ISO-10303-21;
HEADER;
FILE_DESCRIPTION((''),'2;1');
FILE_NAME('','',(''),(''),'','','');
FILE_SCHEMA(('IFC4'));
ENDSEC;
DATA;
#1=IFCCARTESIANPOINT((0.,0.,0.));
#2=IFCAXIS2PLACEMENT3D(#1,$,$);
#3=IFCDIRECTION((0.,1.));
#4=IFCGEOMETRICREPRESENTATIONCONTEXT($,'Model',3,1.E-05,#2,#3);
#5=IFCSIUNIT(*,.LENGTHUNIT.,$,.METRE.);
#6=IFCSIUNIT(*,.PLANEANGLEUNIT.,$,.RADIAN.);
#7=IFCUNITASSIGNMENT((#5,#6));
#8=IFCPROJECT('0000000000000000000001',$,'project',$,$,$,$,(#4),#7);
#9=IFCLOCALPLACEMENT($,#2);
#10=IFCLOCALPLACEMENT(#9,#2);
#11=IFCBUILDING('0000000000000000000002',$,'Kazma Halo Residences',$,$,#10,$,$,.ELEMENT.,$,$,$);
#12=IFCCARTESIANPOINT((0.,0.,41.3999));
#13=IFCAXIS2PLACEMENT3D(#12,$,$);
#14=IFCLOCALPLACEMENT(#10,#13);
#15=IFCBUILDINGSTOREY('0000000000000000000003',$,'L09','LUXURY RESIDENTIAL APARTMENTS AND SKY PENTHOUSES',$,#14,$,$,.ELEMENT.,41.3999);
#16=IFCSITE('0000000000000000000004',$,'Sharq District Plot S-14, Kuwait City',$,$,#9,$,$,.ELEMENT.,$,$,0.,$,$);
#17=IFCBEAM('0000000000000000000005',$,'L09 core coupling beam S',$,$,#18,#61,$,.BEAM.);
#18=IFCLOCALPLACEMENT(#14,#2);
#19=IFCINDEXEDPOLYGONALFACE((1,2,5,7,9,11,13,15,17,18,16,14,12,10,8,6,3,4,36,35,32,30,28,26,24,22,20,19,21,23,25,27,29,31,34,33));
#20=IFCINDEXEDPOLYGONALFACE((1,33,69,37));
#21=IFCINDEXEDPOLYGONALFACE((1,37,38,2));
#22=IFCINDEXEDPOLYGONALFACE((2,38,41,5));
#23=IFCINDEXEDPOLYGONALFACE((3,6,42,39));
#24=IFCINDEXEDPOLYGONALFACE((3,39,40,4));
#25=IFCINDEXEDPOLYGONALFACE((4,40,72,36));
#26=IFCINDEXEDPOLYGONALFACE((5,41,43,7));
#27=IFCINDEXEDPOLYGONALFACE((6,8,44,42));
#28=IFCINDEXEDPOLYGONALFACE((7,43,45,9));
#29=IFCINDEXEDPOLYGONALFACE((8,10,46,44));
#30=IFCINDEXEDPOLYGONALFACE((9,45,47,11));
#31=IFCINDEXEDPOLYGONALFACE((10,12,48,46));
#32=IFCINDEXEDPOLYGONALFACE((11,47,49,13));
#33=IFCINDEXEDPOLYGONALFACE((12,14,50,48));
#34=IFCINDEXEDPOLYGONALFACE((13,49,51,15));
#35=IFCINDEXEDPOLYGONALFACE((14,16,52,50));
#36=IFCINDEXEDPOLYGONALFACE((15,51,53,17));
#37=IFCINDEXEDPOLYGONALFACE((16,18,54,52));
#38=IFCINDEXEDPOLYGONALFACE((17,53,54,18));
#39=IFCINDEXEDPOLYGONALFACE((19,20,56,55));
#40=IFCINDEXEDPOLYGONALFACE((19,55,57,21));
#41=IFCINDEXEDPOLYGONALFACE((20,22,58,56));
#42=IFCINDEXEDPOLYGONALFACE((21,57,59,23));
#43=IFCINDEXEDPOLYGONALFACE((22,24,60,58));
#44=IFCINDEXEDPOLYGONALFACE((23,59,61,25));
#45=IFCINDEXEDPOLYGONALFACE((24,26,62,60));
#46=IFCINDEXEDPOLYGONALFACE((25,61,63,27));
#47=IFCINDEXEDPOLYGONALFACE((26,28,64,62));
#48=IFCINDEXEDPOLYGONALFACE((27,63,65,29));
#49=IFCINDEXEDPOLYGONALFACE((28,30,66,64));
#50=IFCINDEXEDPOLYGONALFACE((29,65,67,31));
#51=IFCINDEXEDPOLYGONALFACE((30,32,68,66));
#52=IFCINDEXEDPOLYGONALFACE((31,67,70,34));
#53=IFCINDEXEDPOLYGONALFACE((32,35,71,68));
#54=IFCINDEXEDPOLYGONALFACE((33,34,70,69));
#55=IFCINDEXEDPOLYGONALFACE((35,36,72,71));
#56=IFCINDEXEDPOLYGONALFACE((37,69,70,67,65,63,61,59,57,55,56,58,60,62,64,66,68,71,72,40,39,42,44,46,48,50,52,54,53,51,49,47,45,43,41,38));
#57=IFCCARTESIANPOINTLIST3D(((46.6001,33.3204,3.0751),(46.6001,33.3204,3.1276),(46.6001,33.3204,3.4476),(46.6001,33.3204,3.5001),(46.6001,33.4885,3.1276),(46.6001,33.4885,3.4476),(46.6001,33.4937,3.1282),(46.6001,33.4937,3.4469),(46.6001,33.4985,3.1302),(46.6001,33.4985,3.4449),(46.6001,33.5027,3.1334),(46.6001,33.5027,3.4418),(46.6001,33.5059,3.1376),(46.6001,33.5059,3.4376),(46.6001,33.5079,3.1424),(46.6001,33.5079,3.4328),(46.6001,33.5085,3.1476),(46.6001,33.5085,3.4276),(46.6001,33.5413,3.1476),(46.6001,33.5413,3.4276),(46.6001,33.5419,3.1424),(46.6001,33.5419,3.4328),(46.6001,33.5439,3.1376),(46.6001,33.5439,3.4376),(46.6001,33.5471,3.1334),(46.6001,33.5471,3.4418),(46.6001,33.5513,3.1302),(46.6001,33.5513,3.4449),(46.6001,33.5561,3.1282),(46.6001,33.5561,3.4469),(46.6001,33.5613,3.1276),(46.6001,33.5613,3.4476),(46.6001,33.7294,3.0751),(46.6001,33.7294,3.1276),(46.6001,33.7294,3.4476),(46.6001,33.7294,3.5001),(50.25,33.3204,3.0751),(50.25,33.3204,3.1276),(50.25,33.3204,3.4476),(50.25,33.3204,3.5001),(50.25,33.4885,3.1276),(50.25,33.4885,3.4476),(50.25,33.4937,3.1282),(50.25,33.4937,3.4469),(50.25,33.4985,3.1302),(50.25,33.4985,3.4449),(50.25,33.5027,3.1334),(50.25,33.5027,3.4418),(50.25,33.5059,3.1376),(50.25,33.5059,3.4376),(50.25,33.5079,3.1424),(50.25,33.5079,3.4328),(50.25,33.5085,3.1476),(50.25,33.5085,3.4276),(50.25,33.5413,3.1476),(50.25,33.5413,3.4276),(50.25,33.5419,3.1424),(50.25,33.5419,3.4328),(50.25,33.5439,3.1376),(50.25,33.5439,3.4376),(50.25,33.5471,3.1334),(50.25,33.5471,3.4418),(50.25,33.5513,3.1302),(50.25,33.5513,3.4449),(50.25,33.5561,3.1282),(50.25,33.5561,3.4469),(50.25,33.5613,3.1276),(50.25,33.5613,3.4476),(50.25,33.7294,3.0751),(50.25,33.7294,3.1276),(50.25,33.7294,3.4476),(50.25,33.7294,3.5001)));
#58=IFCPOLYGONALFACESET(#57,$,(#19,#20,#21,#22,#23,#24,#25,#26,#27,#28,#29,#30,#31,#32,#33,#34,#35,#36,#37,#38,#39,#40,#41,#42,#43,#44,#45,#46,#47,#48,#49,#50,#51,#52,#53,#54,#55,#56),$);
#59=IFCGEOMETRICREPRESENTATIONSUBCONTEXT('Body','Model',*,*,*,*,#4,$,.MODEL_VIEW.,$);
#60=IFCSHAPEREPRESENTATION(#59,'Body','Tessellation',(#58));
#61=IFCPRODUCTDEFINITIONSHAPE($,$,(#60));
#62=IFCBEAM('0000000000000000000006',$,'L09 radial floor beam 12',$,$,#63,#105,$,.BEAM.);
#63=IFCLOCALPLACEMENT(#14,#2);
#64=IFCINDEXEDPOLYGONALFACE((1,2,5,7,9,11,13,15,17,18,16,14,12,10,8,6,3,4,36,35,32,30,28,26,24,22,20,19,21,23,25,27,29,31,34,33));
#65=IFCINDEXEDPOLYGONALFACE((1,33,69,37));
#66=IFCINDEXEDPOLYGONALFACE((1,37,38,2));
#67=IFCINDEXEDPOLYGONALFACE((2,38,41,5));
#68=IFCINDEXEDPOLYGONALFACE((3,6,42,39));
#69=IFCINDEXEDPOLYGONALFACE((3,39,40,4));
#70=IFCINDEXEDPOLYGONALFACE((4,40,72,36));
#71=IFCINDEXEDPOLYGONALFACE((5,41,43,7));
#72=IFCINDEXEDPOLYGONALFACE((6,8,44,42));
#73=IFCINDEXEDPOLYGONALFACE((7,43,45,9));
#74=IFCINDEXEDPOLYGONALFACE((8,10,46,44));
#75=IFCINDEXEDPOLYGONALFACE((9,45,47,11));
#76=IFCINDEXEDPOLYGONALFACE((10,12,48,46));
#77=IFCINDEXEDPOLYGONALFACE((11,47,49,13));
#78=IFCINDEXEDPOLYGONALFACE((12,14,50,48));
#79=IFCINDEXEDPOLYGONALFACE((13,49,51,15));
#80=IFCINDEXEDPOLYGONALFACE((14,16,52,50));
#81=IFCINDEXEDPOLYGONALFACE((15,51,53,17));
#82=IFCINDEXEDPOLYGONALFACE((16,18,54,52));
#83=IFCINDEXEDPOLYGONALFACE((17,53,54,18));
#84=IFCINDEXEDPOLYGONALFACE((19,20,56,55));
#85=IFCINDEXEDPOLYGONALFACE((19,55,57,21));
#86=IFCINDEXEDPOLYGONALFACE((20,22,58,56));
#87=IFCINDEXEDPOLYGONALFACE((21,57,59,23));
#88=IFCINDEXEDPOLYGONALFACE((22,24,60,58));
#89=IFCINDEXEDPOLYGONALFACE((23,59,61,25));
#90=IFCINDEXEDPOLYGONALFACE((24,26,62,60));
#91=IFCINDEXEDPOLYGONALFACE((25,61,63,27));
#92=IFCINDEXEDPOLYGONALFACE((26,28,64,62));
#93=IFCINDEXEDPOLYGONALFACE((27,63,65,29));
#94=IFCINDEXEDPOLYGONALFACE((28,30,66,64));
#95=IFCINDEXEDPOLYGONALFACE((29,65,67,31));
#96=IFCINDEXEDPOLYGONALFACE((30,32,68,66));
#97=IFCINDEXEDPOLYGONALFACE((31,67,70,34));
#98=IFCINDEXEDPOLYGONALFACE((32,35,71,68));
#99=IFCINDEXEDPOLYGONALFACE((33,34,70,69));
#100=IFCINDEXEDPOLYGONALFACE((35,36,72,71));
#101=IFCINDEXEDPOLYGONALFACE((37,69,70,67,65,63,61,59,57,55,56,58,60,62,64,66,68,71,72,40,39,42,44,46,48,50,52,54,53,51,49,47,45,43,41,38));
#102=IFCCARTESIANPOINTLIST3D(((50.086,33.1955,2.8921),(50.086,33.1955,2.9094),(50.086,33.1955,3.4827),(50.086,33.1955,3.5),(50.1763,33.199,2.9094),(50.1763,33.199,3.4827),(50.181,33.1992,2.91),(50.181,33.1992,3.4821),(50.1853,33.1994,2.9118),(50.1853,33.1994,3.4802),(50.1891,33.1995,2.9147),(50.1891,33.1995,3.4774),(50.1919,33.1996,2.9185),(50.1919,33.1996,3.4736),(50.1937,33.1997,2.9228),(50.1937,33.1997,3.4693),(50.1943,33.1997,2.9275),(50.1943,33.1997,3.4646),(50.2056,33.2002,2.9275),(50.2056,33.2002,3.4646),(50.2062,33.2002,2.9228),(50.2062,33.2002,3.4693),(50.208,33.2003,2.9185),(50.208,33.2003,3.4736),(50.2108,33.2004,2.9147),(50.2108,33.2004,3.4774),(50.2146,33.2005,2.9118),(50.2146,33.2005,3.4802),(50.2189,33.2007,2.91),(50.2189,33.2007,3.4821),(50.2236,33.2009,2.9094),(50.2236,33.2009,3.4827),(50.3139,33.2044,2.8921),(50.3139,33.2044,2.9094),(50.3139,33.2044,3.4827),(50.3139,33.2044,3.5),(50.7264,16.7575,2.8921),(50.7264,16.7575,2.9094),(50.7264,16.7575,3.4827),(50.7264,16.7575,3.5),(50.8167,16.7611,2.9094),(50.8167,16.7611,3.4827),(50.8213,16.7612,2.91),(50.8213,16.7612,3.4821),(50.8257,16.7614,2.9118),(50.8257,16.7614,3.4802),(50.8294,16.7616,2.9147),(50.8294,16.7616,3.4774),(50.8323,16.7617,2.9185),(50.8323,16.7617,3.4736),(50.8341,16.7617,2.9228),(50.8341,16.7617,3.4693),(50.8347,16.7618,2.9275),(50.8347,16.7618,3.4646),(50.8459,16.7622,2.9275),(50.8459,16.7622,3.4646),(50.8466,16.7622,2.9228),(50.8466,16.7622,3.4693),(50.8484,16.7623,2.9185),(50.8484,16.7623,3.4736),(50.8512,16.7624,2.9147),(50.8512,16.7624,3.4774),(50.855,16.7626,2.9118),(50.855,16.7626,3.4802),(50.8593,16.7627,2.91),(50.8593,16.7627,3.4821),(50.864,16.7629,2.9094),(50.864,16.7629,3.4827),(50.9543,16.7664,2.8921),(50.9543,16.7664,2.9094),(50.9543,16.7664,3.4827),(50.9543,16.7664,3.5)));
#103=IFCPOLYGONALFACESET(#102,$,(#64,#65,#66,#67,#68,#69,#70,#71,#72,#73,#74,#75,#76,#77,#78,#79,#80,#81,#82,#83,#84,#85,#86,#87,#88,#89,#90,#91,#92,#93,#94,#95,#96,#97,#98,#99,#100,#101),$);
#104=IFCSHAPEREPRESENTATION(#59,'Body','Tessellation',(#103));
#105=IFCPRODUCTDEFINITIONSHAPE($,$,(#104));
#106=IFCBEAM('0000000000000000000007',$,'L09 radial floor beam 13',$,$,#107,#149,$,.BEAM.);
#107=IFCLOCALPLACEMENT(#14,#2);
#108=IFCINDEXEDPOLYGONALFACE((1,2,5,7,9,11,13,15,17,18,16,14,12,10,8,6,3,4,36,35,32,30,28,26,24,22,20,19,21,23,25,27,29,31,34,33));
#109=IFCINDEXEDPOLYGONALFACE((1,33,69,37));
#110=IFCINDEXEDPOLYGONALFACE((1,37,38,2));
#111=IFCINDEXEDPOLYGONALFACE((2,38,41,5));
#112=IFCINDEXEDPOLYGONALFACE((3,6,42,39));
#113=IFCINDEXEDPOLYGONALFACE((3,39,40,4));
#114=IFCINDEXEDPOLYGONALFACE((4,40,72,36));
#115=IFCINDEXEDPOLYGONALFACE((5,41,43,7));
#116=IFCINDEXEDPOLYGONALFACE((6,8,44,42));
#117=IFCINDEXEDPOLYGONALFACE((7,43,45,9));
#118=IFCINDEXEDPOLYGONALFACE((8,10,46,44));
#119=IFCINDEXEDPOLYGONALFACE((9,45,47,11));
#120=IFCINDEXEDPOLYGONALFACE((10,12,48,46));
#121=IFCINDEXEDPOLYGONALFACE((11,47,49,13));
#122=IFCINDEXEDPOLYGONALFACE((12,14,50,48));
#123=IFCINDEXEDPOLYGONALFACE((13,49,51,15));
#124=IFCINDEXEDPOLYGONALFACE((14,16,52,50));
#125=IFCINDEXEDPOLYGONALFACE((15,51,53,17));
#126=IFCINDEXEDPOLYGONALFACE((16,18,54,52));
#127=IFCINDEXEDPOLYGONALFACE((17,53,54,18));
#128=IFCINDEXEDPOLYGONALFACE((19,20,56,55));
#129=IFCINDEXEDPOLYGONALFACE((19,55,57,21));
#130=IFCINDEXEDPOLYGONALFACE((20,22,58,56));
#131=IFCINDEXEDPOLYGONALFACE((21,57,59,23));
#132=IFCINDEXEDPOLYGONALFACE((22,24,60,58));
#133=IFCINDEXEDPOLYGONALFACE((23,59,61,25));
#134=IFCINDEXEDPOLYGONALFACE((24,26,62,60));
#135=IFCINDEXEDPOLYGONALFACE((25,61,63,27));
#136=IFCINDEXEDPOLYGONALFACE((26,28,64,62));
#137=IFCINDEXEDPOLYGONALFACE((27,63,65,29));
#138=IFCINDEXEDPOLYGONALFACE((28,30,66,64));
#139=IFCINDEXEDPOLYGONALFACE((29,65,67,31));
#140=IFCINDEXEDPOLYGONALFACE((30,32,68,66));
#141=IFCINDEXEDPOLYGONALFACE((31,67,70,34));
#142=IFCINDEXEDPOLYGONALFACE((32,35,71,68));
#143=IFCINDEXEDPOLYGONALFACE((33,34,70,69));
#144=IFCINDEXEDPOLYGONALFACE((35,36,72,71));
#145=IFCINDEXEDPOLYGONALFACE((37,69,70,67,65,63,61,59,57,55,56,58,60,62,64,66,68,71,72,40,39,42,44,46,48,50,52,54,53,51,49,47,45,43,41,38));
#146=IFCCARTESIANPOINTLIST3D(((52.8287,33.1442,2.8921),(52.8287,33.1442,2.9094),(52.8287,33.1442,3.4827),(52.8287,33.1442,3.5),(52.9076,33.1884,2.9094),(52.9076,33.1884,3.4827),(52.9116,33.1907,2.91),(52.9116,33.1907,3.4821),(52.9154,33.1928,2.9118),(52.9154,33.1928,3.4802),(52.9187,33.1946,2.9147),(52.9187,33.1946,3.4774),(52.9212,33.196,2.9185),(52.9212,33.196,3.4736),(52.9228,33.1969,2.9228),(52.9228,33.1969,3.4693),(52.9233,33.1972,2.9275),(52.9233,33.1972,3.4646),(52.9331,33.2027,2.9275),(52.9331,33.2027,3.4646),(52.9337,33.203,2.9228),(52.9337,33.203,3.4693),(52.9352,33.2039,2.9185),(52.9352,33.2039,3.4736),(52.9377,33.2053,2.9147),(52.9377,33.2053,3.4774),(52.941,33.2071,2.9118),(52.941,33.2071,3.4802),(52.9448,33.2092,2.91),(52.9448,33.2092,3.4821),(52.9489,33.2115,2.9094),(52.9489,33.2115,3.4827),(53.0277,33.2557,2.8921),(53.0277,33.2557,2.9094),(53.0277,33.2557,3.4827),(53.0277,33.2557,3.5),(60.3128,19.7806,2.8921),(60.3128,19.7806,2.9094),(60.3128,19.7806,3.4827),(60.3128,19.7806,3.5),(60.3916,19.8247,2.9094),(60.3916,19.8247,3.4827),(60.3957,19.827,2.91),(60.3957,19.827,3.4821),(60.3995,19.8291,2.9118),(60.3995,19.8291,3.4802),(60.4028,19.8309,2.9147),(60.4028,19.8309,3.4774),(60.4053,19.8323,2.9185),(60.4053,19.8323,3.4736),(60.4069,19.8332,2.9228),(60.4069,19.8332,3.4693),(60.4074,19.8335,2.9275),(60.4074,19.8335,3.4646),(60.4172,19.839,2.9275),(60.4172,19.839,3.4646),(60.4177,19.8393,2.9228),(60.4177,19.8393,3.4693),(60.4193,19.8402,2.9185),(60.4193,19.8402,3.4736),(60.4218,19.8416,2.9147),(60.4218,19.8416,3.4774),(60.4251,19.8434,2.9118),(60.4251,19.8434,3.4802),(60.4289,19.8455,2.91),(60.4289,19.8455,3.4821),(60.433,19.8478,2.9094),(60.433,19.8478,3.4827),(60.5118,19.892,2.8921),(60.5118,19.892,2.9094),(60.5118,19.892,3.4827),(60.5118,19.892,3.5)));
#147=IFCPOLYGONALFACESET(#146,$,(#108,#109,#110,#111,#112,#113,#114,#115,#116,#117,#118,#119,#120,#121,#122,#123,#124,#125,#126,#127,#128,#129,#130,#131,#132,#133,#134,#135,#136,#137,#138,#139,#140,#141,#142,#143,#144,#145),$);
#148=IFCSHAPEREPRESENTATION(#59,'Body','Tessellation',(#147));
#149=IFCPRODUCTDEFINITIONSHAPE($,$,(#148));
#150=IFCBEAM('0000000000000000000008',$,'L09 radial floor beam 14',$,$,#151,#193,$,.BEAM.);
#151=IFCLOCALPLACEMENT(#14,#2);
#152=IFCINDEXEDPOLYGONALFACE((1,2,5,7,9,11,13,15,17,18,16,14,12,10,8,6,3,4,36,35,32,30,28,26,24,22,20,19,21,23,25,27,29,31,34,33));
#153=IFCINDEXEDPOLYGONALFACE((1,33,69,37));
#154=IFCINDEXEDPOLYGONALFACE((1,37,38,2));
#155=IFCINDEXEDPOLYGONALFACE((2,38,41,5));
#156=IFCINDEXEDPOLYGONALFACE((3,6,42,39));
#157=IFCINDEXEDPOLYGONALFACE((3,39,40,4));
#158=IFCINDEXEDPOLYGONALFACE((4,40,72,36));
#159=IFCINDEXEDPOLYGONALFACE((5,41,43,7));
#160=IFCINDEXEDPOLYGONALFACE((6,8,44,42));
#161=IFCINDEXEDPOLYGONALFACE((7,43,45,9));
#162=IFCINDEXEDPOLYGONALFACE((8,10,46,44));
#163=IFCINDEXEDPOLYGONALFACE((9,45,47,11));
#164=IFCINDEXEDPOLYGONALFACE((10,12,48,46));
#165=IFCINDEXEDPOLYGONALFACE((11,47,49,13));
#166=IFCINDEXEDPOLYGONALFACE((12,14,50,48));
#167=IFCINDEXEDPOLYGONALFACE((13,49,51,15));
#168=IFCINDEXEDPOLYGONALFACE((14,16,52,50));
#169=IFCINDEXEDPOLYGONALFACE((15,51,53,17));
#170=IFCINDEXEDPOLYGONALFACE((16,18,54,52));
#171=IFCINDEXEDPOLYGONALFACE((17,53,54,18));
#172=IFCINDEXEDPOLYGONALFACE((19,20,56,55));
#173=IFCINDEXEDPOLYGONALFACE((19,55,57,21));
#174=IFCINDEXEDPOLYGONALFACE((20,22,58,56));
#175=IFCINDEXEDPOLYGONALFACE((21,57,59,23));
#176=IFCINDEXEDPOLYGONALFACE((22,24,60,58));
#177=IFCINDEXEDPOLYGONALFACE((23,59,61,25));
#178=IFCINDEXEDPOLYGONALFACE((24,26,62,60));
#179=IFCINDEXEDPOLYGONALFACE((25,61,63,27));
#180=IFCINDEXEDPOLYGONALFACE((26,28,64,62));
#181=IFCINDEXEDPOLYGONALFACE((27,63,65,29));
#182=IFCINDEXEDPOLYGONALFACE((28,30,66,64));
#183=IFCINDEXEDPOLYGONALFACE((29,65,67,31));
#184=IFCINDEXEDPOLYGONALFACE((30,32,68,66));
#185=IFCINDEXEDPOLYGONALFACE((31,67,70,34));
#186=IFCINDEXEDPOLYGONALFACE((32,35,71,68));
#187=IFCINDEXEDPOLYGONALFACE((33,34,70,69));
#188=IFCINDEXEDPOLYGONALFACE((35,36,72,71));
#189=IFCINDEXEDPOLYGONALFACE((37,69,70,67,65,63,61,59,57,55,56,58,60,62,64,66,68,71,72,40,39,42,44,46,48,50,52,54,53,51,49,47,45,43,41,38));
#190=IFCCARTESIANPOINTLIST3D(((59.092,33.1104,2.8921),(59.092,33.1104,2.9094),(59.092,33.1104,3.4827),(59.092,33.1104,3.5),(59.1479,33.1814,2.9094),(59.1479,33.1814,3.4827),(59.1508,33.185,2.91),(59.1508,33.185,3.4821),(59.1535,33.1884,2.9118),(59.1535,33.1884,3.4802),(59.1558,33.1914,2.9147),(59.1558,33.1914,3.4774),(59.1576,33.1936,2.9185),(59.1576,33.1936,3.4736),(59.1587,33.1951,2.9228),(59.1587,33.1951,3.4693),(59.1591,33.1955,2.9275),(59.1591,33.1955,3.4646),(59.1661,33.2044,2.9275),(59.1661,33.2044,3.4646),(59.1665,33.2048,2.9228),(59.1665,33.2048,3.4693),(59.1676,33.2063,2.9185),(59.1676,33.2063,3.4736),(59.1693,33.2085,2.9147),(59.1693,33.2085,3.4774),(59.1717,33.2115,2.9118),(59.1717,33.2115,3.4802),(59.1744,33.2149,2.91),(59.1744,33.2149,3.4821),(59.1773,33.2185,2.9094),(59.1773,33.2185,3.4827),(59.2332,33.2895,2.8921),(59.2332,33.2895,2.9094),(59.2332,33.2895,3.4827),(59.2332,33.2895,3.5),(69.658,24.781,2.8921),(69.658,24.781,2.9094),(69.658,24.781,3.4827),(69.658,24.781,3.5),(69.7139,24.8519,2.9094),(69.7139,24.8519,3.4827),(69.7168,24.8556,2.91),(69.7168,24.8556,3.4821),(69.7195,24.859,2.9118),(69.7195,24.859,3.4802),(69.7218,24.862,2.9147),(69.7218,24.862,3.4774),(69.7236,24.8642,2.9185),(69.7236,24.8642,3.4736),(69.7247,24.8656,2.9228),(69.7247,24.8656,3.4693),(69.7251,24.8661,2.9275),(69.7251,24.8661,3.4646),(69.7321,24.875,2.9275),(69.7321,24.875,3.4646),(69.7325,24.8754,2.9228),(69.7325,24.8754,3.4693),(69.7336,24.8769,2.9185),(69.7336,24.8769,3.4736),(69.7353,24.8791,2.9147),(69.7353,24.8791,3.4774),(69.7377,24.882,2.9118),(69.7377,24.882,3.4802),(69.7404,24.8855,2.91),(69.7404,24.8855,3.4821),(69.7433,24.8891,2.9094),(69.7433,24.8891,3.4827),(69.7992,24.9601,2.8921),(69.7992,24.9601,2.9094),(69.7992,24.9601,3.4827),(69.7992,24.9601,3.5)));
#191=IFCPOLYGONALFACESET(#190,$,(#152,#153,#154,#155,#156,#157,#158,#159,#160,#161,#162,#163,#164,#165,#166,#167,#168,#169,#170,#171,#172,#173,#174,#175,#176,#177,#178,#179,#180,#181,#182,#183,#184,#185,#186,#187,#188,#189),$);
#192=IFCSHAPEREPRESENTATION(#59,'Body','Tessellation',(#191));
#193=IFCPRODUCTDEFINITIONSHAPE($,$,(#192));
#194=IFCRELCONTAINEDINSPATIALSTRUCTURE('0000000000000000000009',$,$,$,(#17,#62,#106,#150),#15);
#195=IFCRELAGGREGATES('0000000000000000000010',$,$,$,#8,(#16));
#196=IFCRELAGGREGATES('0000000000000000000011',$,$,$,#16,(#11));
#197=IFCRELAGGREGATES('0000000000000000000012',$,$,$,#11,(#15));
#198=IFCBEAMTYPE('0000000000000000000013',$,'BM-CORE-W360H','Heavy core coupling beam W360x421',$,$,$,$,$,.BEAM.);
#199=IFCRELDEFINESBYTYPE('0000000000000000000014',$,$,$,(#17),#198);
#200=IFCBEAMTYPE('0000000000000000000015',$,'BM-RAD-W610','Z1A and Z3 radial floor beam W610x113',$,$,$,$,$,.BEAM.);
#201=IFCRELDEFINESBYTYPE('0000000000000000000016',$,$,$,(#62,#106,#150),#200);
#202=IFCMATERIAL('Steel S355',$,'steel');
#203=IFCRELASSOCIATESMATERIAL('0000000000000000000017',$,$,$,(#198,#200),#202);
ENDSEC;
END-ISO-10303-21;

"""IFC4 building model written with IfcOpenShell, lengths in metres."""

from ifc_helpers import new_model, si_unit, direction, frame, origin, origin_2d, place, context, subcontext, project, spatial, i_section, extrude, material, material_profile, profile_set, type_object, element, save


model = new_model("IFC4")

# Units and contexts
model_context = context("Model", 3, precision=1e-05, world=origin(), true_north=direction((0.0, 1.0)))
body_context = subcontext(model_context, "Body", "Model", "MODEL_VIEW")
ifc_project = project(units=[si_unit("LENGTHUNIT", "METRE"), si_unit("PLANEANGLEUNIT", "RADIAN")], contexts=[model_context])

# Site, building, storey
site_placement = place(None, origin())
site = spatial("IfcSite", under=ifc_project, at=site_placement, Name="Sharq District Plot S-14, Kuwait City", CompositionType="ELEMENT", RefElevation=0.0)
building_placement = place(site_placement, origin())
building = spatial("IfcBuilding", under=site, at=building_placement, Name="Kazma Halo Residences", CompositionType="ELEMENT")
storey_placement = place(building_placement, frame((0.0, 0.0, 41.3999)))
storey = spatial("IfcBuildingStorey", under=building, at=storey_placement, Name="L09", Description="LUXURY RESIDENTIAL APARTMENTS AND SKY PENTHOUSES", CompositionType="ELEMENT", Elevation=41.3999)

# Beams
ifc_material_1 = material(Name="Steel S355", Category="steel")
ifc_material_profile_1 = material_profile(ifc_material_1, i_section(OverallWidth=0.4089, OverallDepth=0.425, WebThickness=0.0327, FlangeThickness=0.0525, FilletRadius=0.02, at=origin_2d()), Name="W360x421")
ifc_profile_set_1 = profile_set([ifc_material_profile_1], Name="Steel S355")
beam_type_1 = type_object("IfcBeamType", Name="BM-CORE-W360H", Description="Heavy core coupling beam W360x421", PredefinedType="BEAM", material=ifc_profile_set_1)
beam_1_placement = place(storey_placement, frame((46.6001, 33.5249, 3.2876), z_axis=(1.0, 0.0, 0.0), x_axis=(0.0, 1.0, 0.0)))
element("IfcBeam", 1, at=beam_1_placement, inside=storey, type_object=beam_type_1, Name="L09 core coupling beam S", PredefinedType="BEAM", context=body_context, shape_type="SweptSolid", body=[
    extrude(i_section(OverallWidth=0.4089, OverallDepth=0.425, WebThickness=0.0327, FlangeThickness=0.0525, FilletRadius=0.02, at=origin_2d()), origin(), (0.0, 0.0, 1.0), 3.6499),
])
ifc_material_profile_2 = material_profile(ifc_material_1, i_section(OverallWidth=0.228, OverallDepth=0.6079, WebThickness=0.0112, FlangeThickness=0.0173, FilletRadius=0.0181, at=origin_2d()), Name="W610x113")
ifc_profile_set_2 = profile_set([ifc_material_profile_2], Name="Steel S355")
beam_type_2 = type_object("IfcBeamType", Name="BM-RAD-W610", Description="Z1A and Z3 radial floor beam W610x113", PredefinedType="BEAM", material=ifc_profile_set_2)
beam_2_placement = place(storey_placement, frame((50.2, 33.2, 3.196), z_axis=(0.038928, -0.999242, 0.0), x_axis=(0.999242, 0.038928, 0.0)))
element("IfcBeam", 2, at=beam_2_placement, inside=storey, type_object=beam_type_2, Name="L09 radial floor beam 12", PredefinedType="BEAM", context=body_context, shape_type="SweptSolid", body=[
    extrude(i_section(OverallWidth=0.228, OverallDepth=0.6079, WebThickness=0.0112, FlangeThickness=0.0173, FilletRadius=0.0181, at=origin_2d()), origin(), (0.0, 0.0, 1.0), 16.4504),
])
beam_3_placement = place(storey_placement, frame((52.9282, 33.2, 3.196), z_axis=(0.488624, -0.872494, 0.0), x_axis=(0.872494, 0.488624, 0.0)))
element("IfcBeam", 3, at=beam_3_placement, inside=storey, type_object=beam_type_2, Name="L09 radial floor beam 13", PredefinedType="BEAM", context=body_context, shape_type="SweptSolid", body=[
    extrude(i_section(OverallWidth=0.228, OverallDepth=0.6079, WebThickness=0.0112, FlangeThickness=0.0173, FilletRadius=0.0181, at=origin_2d()), origin(), (0.0, 0.0, 1.0), 15.3167),
])
beam_4_placement = place(storey_placement, frame((59.1626, 33.2, 3.196), z_axis=(0.785322, -0.619087, 0.0), x_axis=(0.619087, 0.785322, 0.0)))
element("IfcBeam", 4, at=beam_4_placement, inside=storey, type_object=beam_type_2, Name="L09 radial floor beam 14", PredefinedType="BEAM", context=body_context, shape_type="SweptSolid", body=[
    extrude(i_section(OverallWidth=0.228, OverallDepth=0.6079, WebThickness=0.0112, FlangeThickness=0.0173, FilletRadius=0.0181, at=origin_2d()), origin(), (0.0, 0.0, 1.0), 13.4543),
])

save(model, "model.ifc")
